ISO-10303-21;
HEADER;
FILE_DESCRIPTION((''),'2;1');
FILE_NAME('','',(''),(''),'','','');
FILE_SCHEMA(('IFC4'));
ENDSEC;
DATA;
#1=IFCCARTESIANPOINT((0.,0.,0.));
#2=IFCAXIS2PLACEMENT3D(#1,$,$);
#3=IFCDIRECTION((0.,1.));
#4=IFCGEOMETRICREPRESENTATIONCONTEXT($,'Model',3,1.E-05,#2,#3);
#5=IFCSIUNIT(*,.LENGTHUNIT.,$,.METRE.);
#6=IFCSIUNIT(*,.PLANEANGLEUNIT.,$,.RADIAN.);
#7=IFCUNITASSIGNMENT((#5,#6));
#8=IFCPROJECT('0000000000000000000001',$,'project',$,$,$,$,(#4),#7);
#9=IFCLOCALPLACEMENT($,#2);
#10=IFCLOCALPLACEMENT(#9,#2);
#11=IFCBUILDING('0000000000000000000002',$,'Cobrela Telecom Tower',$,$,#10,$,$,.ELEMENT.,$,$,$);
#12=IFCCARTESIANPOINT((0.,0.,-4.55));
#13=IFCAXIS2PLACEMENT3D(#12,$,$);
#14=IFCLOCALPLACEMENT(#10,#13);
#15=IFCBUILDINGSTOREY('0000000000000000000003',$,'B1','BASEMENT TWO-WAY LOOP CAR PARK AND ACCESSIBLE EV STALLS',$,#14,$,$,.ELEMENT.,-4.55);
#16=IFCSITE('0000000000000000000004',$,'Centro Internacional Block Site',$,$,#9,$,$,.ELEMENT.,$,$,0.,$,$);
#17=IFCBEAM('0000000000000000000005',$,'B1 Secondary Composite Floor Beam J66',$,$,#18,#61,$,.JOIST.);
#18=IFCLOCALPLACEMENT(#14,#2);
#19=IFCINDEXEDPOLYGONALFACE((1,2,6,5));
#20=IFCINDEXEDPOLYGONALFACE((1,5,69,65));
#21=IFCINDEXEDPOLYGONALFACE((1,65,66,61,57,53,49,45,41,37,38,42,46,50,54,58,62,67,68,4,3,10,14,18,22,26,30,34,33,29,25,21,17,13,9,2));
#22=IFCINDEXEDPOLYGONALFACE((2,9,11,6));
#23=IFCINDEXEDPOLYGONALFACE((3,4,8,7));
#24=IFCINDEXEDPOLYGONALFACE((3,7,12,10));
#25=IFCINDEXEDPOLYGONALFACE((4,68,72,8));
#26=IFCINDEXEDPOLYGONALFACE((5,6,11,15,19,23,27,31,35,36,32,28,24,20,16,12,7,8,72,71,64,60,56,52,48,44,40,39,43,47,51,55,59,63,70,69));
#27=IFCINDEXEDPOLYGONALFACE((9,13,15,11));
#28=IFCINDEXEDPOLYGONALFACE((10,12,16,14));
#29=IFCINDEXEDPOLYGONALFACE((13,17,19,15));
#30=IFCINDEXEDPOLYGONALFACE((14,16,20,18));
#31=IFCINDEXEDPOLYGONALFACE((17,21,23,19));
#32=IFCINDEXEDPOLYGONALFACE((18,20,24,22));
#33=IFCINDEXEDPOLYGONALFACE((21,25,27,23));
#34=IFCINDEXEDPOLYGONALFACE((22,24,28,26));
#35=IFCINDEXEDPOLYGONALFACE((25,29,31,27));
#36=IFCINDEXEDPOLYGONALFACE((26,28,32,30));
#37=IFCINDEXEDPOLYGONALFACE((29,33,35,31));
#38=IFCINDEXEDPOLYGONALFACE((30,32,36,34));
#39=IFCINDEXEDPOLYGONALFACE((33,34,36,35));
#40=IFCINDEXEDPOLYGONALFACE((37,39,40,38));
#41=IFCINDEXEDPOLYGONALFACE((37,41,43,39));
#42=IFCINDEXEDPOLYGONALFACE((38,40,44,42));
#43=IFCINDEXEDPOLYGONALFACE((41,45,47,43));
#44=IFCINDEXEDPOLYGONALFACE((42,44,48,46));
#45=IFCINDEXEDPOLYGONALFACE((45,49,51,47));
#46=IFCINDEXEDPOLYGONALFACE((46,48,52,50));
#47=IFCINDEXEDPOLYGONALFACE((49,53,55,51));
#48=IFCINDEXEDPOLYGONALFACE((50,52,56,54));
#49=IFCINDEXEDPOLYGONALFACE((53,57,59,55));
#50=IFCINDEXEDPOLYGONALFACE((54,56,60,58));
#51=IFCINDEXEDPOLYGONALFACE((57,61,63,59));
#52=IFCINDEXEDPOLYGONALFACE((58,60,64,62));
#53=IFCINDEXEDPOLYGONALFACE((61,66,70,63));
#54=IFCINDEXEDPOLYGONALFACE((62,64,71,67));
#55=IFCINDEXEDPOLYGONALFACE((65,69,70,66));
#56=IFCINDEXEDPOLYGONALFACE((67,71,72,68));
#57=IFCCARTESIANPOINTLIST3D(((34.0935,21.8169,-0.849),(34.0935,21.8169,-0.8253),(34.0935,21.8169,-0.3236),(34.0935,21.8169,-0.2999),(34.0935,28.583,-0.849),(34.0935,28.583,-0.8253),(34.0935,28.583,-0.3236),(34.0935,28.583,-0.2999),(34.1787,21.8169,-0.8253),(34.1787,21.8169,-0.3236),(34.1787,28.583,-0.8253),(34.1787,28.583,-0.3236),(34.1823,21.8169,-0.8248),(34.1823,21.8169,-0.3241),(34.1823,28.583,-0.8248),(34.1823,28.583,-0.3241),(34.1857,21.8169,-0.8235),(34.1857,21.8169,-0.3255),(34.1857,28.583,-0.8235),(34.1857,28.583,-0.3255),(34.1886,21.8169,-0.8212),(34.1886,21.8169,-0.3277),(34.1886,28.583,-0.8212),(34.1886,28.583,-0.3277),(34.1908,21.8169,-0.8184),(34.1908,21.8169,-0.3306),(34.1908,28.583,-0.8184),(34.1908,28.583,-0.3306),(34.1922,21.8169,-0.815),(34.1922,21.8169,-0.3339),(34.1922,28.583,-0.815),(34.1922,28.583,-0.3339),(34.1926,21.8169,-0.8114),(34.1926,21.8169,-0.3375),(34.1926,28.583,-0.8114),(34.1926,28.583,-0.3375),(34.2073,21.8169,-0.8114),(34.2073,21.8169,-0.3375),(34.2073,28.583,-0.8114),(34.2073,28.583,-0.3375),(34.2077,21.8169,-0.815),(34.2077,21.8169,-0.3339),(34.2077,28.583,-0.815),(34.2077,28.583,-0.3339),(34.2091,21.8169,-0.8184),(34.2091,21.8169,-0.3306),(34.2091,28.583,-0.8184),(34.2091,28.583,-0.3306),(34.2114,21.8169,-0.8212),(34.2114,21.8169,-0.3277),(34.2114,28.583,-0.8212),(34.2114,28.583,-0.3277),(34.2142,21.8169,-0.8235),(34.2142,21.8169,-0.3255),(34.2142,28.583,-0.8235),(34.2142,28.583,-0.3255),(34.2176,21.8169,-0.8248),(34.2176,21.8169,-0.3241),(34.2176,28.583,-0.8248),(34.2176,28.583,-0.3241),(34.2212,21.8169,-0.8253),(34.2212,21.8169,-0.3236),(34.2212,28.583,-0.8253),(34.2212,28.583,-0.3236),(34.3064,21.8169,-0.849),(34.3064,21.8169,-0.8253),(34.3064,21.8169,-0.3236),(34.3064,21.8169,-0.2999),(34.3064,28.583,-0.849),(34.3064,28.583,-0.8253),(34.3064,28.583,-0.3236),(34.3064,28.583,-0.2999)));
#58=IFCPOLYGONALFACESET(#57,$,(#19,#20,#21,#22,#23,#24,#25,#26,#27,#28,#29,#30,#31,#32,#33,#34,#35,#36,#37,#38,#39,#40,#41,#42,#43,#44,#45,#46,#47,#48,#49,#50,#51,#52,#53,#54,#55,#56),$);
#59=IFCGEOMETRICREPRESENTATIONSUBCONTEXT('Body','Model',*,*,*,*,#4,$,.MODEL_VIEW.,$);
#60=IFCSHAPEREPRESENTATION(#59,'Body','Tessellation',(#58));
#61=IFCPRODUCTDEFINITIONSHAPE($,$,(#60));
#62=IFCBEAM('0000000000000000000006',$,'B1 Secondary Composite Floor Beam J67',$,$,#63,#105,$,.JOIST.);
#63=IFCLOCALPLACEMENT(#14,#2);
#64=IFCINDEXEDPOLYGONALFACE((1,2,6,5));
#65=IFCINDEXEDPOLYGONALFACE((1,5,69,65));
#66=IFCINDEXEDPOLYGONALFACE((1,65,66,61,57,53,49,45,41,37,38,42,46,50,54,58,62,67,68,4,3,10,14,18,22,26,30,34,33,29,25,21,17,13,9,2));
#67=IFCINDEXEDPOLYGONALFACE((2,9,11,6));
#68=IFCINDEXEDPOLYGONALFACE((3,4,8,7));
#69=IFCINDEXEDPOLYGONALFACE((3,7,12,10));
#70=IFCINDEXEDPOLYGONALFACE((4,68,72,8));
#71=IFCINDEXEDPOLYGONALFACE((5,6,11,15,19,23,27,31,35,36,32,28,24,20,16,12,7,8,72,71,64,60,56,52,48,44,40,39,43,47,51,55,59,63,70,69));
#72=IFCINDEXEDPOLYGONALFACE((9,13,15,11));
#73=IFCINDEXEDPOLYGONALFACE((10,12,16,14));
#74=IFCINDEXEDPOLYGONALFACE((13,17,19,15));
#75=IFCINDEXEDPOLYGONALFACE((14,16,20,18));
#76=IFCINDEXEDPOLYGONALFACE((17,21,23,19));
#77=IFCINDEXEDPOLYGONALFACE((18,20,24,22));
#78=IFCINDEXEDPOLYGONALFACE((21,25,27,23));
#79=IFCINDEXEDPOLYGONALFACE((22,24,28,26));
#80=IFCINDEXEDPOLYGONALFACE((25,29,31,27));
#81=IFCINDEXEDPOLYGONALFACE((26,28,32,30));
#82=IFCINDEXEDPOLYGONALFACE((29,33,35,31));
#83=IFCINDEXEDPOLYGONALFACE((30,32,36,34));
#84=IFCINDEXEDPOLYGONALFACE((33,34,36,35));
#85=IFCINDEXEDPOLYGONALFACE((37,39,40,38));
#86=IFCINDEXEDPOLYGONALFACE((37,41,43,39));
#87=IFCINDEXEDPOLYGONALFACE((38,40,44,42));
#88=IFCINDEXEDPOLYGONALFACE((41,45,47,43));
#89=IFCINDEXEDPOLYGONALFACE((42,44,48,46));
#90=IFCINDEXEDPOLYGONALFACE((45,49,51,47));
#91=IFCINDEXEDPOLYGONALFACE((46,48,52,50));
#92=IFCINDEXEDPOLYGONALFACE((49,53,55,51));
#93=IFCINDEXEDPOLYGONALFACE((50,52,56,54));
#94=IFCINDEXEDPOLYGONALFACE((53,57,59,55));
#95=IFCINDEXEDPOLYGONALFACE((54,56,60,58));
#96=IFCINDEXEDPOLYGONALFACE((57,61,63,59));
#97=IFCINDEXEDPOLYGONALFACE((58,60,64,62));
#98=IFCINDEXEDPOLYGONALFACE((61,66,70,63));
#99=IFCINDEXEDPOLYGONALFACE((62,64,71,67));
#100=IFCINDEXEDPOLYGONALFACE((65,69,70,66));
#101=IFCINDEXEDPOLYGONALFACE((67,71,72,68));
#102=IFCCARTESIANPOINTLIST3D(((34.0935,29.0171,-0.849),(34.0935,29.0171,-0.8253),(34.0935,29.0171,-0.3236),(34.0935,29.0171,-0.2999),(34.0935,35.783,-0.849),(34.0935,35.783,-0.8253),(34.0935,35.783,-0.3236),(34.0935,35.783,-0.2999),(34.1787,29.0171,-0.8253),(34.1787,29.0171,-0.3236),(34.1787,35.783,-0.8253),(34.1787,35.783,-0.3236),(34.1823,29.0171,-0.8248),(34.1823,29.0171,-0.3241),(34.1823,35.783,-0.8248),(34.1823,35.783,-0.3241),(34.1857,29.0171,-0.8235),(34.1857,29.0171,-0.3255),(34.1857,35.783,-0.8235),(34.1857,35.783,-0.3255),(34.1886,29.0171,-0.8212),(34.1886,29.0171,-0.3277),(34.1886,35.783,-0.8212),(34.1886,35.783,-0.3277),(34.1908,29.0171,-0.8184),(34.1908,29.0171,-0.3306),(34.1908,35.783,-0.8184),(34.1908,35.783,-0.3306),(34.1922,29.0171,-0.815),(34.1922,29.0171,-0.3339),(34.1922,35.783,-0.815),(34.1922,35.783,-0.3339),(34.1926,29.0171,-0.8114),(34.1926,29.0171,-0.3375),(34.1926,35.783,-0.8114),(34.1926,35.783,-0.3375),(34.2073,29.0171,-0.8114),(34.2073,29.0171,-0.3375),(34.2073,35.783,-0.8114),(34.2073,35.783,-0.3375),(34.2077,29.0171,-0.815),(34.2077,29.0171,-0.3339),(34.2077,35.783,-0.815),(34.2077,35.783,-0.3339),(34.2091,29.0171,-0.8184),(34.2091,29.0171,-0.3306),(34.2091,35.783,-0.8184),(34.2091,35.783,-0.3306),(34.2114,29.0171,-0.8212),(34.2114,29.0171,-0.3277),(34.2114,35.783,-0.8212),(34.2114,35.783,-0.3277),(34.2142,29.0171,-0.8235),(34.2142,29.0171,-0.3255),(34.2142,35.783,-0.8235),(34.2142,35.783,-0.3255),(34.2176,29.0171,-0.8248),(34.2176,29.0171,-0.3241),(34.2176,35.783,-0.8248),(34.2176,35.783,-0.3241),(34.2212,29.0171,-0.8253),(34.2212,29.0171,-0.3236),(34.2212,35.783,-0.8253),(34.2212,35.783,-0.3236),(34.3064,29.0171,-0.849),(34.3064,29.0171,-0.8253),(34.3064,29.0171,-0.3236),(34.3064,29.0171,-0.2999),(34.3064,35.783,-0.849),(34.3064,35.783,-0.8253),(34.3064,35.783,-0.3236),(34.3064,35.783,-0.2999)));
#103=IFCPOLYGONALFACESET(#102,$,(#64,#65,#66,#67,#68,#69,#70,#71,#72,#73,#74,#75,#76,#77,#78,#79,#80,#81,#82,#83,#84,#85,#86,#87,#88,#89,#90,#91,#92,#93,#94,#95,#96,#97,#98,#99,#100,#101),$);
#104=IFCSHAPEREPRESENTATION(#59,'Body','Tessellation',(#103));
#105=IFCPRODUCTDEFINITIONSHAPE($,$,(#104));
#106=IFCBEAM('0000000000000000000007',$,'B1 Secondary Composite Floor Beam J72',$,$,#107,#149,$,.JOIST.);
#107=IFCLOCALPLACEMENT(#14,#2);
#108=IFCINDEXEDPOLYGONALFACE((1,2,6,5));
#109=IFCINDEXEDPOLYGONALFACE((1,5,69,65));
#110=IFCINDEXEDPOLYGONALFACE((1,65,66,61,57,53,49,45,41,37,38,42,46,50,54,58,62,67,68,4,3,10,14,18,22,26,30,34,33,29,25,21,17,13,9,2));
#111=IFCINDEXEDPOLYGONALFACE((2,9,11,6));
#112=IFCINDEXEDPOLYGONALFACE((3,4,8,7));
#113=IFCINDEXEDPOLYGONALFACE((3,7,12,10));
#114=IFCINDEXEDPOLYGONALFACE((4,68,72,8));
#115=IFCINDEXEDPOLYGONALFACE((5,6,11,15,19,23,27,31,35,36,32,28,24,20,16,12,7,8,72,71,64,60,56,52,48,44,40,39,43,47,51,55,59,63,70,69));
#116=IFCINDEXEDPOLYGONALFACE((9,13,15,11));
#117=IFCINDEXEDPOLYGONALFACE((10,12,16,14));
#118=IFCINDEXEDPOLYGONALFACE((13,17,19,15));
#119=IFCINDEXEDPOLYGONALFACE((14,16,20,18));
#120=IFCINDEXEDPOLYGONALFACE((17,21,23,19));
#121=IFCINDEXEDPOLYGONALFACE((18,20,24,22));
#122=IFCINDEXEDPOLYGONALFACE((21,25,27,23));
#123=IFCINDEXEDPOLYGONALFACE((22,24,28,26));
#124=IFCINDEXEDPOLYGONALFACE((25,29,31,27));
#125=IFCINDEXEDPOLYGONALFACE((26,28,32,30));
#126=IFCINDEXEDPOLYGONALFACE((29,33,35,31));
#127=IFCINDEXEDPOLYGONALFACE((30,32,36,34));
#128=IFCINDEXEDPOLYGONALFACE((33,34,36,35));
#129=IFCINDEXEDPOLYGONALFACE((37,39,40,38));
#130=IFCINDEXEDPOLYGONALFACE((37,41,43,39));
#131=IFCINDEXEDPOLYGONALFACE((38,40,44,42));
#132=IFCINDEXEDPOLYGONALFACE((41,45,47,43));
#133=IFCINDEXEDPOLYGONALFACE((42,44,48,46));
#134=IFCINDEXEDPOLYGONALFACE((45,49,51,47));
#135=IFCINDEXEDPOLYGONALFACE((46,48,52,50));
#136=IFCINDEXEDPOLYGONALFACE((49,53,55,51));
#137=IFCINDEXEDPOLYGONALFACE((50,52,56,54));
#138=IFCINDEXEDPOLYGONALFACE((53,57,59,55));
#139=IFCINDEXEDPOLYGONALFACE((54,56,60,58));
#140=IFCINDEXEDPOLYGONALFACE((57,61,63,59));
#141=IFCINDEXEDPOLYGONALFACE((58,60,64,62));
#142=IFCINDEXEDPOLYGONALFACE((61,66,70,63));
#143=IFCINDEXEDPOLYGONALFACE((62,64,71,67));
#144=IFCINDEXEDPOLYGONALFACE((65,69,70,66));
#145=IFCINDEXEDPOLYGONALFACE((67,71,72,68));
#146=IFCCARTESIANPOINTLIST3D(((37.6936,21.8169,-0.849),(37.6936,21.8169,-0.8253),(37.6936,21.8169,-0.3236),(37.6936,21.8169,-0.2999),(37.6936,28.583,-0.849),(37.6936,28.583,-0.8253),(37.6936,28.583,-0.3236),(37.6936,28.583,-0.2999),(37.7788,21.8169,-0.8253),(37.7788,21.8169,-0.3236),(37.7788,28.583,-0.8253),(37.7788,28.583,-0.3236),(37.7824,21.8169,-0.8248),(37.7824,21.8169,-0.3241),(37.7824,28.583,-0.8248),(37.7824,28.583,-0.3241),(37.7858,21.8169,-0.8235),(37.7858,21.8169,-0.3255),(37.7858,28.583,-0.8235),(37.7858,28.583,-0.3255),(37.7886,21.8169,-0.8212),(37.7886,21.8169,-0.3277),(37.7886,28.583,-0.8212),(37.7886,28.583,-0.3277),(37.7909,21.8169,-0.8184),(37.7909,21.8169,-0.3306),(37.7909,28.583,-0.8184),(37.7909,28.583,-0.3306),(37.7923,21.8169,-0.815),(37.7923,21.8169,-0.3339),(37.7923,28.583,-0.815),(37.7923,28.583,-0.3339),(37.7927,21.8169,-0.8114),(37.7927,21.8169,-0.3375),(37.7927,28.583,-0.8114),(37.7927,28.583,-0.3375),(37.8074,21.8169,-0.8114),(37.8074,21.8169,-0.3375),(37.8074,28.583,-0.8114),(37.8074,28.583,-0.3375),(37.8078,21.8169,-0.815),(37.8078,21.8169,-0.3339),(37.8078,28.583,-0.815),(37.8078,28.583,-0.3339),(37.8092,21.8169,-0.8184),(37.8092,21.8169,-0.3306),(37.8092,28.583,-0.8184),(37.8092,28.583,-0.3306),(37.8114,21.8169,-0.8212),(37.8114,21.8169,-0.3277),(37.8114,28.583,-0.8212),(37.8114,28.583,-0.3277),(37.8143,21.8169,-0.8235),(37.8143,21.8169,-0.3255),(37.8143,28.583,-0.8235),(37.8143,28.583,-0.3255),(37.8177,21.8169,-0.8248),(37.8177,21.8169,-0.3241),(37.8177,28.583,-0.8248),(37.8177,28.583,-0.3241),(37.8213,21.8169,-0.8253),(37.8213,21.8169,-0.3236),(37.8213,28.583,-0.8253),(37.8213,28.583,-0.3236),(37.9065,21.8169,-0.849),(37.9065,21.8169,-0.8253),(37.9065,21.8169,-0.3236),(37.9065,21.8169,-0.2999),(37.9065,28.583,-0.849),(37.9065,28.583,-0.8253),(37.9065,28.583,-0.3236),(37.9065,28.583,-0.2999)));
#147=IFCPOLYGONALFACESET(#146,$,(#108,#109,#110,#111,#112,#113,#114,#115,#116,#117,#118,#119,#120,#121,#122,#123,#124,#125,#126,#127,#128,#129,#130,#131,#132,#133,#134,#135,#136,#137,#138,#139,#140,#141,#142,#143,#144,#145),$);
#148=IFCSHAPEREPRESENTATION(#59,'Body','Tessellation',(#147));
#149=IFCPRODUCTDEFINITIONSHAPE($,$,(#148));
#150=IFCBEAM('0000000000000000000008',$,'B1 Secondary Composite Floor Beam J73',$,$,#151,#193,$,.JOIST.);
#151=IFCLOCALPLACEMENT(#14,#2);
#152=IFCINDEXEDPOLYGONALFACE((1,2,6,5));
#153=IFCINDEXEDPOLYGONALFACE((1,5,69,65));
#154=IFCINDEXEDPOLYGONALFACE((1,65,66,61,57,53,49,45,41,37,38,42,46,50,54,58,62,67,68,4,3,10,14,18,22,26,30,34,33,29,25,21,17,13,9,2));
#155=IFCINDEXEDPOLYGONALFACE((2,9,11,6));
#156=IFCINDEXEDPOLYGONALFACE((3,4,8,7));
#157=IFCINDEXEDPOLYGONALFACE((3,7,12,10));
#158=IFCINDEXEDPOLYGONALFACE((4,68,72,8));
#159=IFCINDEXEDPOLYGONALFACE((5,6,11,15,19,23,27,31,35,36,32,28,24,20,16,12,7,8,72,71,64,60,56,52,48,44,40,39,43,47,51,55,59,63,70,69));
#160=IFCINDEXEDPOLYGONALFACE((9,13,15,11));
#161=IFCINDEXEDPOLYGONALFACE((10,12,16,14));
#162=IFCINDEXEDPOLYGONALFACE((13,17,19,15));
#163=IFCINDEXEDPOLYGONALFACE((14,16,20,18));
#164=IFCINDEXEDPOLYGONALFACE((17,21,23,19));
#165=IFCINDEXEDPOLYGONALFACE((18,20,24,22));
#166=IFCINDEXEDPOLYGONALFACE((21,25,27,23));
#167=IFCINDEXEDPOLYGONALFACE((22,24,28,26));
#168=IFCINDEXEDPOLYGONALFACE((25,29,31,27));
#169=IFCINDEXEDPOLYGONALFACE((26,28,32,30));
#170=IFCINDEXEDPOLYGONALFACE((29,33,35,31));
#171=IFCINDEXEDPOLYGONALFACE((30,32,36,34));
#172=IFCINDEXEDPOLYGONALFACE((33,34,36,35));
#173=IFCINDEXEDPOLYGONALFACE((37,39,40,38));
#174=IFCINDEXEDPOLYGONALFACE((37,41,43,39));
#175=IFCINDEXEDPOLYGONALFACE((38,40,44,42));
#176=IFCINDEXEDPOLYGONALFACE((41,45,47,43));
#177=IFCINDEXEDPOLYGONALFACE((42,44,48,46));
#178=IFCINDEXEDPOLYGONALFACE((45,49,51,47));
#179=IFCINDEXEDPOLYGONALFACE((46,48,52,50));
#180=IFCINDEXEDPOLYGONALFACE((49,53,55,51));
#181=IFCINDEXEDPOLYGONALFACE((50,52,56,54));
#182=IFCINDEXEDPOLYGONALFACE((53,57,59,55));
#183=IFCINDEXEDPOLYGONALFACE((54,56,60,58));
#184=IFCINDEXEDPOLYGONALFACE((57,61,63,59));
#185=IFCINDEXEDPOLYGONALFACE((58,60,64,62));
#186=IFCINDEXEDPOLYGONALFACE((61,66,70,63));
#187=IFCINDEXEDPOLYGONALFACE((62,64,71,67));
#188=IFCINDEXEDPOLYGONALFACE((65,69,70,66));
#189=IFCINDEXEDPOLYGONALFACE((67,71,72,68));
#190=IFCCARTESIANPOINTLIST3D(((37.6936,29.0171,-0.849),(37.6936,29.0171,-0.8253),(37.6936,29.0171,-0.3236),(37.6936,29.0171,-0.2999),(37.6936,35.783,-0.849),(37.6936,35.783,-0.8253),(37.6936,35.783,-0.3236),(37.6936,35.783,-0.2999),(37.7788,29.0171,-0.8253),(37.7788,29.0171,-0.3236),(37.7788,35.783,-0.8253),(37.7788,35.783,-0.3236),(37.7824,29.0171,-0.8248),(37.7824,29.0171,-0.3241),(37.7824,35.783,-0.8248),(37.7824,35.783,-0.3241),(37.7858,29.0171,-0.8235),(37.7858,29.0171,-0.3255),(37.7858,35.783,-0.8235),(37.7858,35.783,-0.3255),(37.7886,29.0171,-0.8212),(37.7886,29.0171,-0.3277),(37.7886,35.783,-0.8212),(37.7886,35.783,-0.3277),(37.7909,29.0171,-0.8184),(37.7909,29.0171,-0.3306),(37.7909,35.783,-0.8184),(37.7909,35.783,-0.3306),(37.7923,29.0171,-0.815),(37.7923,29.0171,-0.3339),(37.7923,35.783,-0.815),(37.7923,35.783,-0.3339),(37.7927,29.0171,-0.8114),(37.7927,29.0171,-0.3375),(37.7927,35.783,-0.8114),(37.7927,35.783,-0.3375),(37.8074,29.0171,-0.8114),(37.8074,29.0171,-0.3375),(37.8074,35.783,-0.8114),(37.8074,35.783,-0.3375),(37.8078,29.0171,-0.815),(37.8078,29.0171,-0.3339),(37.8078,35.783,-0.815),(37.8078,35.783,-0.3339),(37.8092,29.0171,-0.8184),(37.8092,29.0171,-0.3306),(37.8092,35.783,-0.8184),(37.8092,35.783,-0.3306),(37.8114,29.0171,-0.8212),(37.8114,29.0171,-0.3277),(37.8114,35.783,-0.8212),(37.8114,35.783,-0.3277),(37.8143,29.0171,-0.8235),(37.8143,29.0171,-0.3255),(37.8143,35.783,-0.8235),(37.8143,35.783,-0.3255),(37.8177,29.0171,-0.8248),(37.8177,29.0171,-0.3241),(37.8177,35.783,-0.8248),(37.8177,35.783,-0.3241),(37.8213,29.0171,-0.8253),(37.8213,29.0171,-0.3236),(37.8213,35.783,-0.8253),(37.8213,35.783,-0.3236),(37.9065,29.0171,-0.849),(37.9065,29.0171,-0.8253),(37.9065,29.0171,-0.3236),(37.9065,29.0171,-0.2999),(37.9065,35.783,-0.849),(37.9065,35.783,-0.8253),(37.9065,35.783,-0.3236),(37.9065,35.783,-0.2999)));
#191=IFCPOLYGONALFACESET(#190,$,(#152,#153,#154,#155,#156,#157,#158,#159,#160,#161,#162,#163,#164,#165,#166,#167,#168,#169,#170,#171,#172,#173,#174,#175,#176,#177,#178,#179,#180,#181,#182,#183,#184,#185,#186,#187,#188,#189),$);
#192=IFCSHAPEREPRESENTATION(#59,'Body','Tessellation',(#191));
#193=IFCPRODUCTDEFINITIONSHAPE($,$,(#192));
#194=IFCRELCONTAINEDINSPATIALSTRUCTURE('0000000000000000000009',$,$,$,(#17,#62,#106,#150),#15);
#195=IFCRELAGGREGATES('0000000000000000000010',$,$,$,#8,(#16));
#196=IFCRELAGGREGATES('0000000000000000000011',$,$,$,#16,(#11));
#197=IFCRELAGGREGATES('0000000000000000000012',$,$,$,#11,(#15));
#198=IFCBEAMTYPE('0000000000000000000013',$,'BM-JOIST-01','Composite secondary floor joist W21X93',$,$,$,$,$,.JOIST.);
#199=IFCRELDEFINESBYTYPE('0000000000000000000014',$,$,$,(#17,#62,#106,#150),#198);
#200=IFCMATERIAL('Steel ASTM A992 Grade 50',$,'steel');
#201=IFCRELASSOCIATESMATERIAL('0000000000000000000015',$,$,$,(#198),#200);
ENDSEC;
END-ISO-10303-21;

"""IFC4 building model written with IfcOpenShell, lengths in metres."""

from ifc_helpers import new_model, si_unit, direction, frame, origin, origin_2d, place, context, subcontext, project, spatial, i_section, extrude, material, material_profile, profile_set, type_object, element, save


model = new_model("IFC4")

# Units and contexts
model_context = context("Model", 3, precision=1e-05, world=origin(), true_north=direction((0.0, 1.0)))
body_context = subcontext(model_context, "Body", "Model", "MODEL_VIEW")
ifc_project = project(units=[si_unit("LENGTHUNIT", "METRE"), si_unit("PLANEANGLEUNIT", "RADIAN")], contexts=[model_context])

# Site, building, storey
site_placement = place(None, origin())
site = spatial("IfcSite", under=ifc_project, at=site_placement, Name="Centro Internacional Block Site", CompositionType="ELEMENT", RefElevation=0.0)
building_placement = place(site_placement, origin())
building = spatial("IfcBuilding", under=site, at=building_placement, Name="Cobrela Telecom Tower", CompositionType="ELEMENT")
storey_placement = place(building_placement, frame((0.0, 0.0, -4.55)))
storey = spatial("IfcBuildingStorey", under=building, at=storey_placement, Name="B1", Description="BASEMENT TWO-WAY LOOP CAR PARK AND ACCESSIBLE EV STALLS", CompositionType="ELEMENT", Elevation=-4.55)

# Beams
ifc_material_1 = material(Name="Steel ASTM A992 Grade 50", Category="steel")
ifc_material_profile_1 = material_profile(ifc_material_1, i_section(OverallWidth=0.2129, OverallDepth=0.5491, WebThickness=0.0146, FlangeThickness=0.0237, FilletRadius=0.0139, at=origin_2d()), Name="W21X93")
ifc_profile_set_1 = profile_set([ifc_material_profile_1], Name="Steel ASTM A992 Grade 50")
beam_type_1 = type_object("IfcBeamType", Name="BM-JOIST-01", Description="Composite secondary floor joist W21X93", PredefinedType="JOIST", material=ifc_profile_set_1)
beam_1_placement = place(storey_placement, frame((34.2, 21.8169, -0.5745), z_axis=(0.0, 1.0, 0.0), x_axis=(-1.0, 0.0, 0.0)))
element("IfcBeam", 1, at=beam_1_placement, inside=storey, type_object=beam_type_1, Name="B1 Secondary Composite Floor Beam J66", PredefinedType="JOIST", context=body_context, shape_type="SweptSolid", body=[
    extrude(i_section(OverallWidth=0.2129, OverallDepth=0.5491, WebThickness=0.0146, FlangeThickness=0.0237, FilletRadius=0.0139, at=origin_2d()), origin(), (0.0, 0.0, 1.0), 6.7661),
])
beam_2_placement = place(storey_placement, frame((34.2, 29.0171, -0.5745), z_axis=(0.0, 1.0, 0.0), x_axis=(-1.0, 0.0, 0.0)))
element("IfcBeam", 2, at=beam_2_placement, inside=storey, type_object=beam_type_1, Name="B1 Secondary Composite Floor Beam J67", PredefinedType="JOIST", context=body_context, shape_type="SweptSolid", body=[
    extrude(i_section(OverallWidth=0.2129, OverallDepth=0.5491, WebThickness=0.0146, FlangeThickness=0.0237, FilletRadius=0.0139, at=origin_2d()), origin(), (0.0, 0.0, 1.0), 6.7659),
])
beam_3_placement = place(storey_placement, frame((37.8, 21.8169, -0.5745), z_axis=(0.0, 1.0, 0.0), x_axis=(-1.0, 0.0, 0.0)))
element("IfcBeam", 3, at=beam_3_placement, inside=storey, type_object=beam_type_1, Name="B1 Secondary Composite Floor Beam J72", PredefinedType="JOIST", context=body_context, shape_type="SweptSolid", body=[
    extrude(i_section(OverallWidth=0.2129, OverallDepth=0.5491, WebThickness=0.0146, FlangeThickness=0.0237, FilletRadius=0.0139, at=origin_2d()), origin(), (0.0, 0.0, 1.0), 6.7661),
])
beam_4_placement = place(storey_placement, frame((37.8, 29.0171, -0.5745), z_axis=(0.0, 1.0, 0.0), x_axis=(-1.0, 0.0, 0.0)))
element("IfcBeam", 4, at=beam_4_placement, inside=storey, type_object=beam_type_1, Name="B1 Secondary Composite Floor Beam J73", PredefinedType="JOIST", context=body_context, shape_type="SweptSolid", body=[
    extrude(i_section(OverallWidth=0.2129, OverallDepth=0.5491, WebThickness=0.0146, FlangeThickness=0.0237, FilletRadius=0.0139, at=origin_2d()), origin(), (0.0, 0.0, 1.0), 6.7659),
])

save(model, "model.ifc")
